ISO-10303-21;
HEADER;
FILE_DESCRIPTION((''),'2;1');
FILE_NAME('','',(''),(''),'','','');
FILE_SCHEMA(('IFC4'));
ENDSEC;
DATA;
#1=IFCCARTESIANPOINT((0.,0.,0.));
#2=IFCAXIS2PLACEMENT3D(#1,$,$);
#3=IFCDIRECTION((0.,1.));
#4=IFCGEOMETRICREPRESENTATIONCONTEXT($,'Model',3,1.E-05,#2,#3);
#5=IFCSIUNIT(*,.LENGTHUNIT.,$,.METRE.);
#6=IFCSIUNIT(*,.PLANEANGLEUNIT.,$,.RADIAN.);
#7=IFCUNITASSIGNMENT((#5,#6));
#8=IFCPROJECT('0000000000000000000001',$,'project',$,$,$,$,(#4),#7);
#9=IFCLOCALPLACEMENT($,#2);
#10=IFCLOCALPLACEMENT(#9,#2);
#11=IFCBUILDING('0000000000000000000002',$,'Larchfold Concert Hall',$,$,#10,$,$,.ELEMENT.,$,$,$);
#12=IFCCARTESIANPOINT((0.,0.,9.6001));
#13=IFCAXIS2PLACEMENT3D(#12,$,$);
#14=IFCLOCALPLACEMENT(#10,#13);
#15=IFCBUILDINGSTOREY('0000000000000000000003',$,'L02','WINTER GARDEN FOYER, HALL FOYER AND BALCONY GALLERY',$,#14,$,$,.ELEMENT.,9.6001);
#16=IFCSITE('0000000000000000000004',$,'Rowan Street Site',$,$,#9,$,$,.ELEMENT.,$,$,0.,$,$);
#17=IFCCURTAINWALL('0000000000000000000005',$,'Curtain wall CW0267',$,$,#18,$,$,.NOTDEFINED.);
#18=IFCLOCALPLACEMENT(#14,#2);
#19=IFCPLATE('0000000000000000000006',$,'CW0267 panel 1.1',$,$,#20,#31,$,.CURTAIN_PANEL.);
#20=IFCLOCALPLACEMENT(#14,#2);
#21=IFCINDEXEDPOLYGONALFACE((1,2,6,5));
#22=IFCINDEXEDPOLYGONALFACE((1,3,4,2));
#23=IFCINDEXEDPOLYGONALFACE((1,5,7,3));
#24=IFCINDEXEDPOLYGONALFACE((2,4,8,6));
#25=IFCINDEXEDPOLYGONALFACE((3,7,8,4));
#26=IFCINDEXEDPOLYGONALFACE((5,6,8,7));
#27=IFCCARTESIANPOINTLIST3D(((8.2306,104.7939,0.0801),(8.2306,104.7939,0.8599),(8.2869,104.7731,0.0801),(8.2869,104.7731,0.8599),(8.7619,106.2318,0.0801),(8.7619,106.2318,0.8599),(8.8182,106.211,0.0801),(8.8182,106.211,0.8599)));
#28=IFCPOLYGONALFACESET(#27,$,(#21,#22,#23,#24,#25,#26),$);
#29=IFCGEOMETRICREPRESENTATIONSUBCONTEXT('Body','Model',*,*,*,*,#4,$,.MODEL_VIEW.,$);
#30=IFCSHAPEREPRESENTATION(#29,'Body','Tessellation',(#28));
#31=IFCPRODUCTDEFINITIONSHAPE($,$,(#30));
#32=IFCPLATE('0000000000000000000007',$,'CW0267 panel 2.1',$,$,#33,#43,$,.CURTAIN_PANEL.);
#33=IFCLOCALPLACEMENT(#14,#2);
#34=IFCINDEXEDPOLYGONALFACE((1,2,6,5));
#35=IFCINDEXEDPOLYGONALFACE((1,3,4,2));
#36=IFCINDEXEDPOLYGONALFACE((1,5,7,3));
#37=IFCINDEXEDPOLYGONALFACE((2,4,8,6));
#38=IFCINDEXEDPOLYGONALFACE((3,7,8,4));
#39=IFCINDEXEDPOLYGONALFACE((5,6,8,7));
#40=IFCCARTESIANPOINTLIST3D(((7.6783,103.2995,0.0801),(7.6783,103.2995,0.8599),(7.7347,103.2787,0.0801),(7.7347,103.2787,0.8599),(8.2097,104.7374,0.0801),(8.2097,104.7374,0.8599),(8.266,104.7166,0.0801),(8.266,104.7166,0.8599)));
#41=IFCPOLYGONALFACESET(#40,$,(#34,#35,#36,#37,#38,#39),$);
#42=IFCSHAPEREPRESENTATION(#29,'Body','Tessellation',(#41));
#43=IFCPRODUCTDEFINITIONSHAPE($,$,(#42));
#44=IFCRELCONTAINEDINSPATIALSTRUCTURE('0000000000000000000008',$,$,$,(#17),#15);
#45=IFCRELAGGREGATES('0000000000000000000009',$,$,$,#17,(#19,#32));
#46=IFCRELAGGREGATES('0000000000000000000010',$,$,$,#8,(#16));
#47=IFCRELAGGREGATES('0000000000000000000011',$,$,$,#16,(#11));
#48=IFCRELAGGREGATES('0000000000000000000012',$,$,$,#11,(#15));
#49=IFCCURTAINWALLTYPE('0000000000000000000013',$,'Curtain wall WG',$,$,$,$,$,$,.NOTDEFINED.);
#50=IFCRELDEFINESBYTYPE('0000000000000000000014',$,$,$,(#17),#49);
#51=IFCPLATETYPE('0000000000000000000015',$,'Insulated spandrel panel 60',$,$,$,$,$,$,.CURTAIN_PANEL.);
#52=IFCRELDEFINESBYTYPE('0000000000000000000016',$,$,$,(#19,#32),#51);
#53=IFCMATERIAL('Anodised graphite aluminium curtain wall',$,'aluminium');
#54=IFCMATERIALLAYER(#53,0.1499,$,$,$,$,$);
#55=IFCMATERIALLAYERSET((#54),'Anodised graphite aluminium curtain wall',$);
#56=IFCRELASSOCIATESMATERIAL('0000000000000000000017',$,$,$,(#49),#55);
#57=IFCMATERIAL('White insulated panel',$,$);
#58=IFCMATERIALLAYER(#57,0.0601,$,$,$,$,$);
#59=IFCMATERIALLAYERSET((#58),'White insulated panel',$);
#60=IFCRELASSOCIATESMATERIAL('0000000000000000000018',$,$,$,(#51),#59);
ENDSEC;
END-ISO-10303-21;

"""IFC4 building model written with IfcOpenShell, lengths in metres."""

from ifc_helpers import new_model, si_unit, direction, frame, origin, origin_2d, place, context, subcontext, project, spatial, rectangle, extrude, material, layer, layer_set, type_object, element, aggregate, save


model = new_model("IFC4")

# Units and contexts
model_context = context("Model", 3, precision=1e-05, world=origin(), true_north=direction((0.0, 1.0)))
body_context = subcontext(model_context, "Body", "Model", "MODEL_VIEW")
ifc_project = project(units=[si_unit("LENGTHUNIT", "METRE"), si_unit("PLANEANGLEUNIT", "RADIAN")], contexts=[model_context])

# Site, building, storey
site_placement = place(None, origin())
site = spatial("IfcSite", under=ifc_project, at=site_placement, Name="Rowan Street Site", CompositionType="ELEMENT", RefElevation=0.0)
building_placement = place(site_placement, origin())
building = spatial("IfcBuilding", under=site, at=building_placement, Name="Larchfold Concert Hall", CompositionType="ELEMENT")
storey_placement = place(building_placement, frame((0.0, 0.0, 9.6001)))
storey = spatial("IfcBuildingStorey", under=building, at=storey_placement, Name="L02", Description="WINTER GARDEN FOYER, HALL FOYER AND BALCONY GALLERY", CompositionType="ELEMENT", Elevation=9.6001)

# Curtain wall
ifc_material_1 = material(Name="Anodised graphite aluminium curtain wall", Category="aluminium")
ifc_layer_1 = layer(ifc_material_1, 0.1499)
ifc_layer_set_1 = layer_set([ifc_layer_1], Name="Anodised graphite aluminium curtain wall")
curtain_wall_type = type_object("IfcCurtainWallType", Name="Curtain wall WG", PredefinedType="NOTDEFINED", material=ifc_layer_set_1)
curtain_wall_1_placement = place(storey_placement, origin())
curtain_wall_1 = element("IfcCurtainWall", 1, at=curtain_wall_1_placement, inside=storey, type_object=curtain_wall_type, Name="Curtain wall CW0267", PredefinedType="NOTDEFINED")

# Plates
ifc_material_2 = material(Name="White insulated panel")
ifc_layer_2 = layer(ifc_material_2, 0.0601)
ifc_layer_set_2 = layer_set([ifc_layer_2], Name="White insulated panel")
plate_type_1 = type_object("IfcPlateType", Name="Insulated spandrel panel 60", PredefinedType="CURTAIN_PANEL", material=ifc_layer_set_2)
plate_1_placement = place(storey_placement, frame((8.5244, 105.5024, 0.0801), z_axis=(0.0, 0.0, 1.0), x_axis=(-0.346594, -0.938015, 0.0)))
plate_1 = element("IfcPlate", 2, at=plate_1_placement, type_object=plate_type_1, Name="CW0267 panel 1.1", PredefinedType="CURTAIN_PANEL", context=body_context, shape_type="SweptSolid", body=[
    extrude(rectangle(XDim=1.533, YDim=0.0601, at=origin_2d()), origin(), (0.0, 0.0, 1.0), 0.7798),
])
plate_2_placement = place(storey_placement, frame((7.9722, 104.0081, 0.0801), z_axis=(0.0, 0.0, 1.0), x_axis=(-0.346594, -0.938015, 0.0)))
plate_2 = element("IfcPlate", 3, at=plate_2_placement, type_object=plate_type_1, Name="CW0267 panel 2.1", PredefinedType="CURTAIN_PANEL", context=body_context, shape_type="SweptSolid", body=[
    extrude(rectangle(XDim=1.533, YDim=0.0601, at=origin_2d()), origin(), (0.0, 0.0, 1.0), 0.7798),
])
aggregate(curtain_wall_1, [plate_1, plate_2])

save(model, "model.ifc")
